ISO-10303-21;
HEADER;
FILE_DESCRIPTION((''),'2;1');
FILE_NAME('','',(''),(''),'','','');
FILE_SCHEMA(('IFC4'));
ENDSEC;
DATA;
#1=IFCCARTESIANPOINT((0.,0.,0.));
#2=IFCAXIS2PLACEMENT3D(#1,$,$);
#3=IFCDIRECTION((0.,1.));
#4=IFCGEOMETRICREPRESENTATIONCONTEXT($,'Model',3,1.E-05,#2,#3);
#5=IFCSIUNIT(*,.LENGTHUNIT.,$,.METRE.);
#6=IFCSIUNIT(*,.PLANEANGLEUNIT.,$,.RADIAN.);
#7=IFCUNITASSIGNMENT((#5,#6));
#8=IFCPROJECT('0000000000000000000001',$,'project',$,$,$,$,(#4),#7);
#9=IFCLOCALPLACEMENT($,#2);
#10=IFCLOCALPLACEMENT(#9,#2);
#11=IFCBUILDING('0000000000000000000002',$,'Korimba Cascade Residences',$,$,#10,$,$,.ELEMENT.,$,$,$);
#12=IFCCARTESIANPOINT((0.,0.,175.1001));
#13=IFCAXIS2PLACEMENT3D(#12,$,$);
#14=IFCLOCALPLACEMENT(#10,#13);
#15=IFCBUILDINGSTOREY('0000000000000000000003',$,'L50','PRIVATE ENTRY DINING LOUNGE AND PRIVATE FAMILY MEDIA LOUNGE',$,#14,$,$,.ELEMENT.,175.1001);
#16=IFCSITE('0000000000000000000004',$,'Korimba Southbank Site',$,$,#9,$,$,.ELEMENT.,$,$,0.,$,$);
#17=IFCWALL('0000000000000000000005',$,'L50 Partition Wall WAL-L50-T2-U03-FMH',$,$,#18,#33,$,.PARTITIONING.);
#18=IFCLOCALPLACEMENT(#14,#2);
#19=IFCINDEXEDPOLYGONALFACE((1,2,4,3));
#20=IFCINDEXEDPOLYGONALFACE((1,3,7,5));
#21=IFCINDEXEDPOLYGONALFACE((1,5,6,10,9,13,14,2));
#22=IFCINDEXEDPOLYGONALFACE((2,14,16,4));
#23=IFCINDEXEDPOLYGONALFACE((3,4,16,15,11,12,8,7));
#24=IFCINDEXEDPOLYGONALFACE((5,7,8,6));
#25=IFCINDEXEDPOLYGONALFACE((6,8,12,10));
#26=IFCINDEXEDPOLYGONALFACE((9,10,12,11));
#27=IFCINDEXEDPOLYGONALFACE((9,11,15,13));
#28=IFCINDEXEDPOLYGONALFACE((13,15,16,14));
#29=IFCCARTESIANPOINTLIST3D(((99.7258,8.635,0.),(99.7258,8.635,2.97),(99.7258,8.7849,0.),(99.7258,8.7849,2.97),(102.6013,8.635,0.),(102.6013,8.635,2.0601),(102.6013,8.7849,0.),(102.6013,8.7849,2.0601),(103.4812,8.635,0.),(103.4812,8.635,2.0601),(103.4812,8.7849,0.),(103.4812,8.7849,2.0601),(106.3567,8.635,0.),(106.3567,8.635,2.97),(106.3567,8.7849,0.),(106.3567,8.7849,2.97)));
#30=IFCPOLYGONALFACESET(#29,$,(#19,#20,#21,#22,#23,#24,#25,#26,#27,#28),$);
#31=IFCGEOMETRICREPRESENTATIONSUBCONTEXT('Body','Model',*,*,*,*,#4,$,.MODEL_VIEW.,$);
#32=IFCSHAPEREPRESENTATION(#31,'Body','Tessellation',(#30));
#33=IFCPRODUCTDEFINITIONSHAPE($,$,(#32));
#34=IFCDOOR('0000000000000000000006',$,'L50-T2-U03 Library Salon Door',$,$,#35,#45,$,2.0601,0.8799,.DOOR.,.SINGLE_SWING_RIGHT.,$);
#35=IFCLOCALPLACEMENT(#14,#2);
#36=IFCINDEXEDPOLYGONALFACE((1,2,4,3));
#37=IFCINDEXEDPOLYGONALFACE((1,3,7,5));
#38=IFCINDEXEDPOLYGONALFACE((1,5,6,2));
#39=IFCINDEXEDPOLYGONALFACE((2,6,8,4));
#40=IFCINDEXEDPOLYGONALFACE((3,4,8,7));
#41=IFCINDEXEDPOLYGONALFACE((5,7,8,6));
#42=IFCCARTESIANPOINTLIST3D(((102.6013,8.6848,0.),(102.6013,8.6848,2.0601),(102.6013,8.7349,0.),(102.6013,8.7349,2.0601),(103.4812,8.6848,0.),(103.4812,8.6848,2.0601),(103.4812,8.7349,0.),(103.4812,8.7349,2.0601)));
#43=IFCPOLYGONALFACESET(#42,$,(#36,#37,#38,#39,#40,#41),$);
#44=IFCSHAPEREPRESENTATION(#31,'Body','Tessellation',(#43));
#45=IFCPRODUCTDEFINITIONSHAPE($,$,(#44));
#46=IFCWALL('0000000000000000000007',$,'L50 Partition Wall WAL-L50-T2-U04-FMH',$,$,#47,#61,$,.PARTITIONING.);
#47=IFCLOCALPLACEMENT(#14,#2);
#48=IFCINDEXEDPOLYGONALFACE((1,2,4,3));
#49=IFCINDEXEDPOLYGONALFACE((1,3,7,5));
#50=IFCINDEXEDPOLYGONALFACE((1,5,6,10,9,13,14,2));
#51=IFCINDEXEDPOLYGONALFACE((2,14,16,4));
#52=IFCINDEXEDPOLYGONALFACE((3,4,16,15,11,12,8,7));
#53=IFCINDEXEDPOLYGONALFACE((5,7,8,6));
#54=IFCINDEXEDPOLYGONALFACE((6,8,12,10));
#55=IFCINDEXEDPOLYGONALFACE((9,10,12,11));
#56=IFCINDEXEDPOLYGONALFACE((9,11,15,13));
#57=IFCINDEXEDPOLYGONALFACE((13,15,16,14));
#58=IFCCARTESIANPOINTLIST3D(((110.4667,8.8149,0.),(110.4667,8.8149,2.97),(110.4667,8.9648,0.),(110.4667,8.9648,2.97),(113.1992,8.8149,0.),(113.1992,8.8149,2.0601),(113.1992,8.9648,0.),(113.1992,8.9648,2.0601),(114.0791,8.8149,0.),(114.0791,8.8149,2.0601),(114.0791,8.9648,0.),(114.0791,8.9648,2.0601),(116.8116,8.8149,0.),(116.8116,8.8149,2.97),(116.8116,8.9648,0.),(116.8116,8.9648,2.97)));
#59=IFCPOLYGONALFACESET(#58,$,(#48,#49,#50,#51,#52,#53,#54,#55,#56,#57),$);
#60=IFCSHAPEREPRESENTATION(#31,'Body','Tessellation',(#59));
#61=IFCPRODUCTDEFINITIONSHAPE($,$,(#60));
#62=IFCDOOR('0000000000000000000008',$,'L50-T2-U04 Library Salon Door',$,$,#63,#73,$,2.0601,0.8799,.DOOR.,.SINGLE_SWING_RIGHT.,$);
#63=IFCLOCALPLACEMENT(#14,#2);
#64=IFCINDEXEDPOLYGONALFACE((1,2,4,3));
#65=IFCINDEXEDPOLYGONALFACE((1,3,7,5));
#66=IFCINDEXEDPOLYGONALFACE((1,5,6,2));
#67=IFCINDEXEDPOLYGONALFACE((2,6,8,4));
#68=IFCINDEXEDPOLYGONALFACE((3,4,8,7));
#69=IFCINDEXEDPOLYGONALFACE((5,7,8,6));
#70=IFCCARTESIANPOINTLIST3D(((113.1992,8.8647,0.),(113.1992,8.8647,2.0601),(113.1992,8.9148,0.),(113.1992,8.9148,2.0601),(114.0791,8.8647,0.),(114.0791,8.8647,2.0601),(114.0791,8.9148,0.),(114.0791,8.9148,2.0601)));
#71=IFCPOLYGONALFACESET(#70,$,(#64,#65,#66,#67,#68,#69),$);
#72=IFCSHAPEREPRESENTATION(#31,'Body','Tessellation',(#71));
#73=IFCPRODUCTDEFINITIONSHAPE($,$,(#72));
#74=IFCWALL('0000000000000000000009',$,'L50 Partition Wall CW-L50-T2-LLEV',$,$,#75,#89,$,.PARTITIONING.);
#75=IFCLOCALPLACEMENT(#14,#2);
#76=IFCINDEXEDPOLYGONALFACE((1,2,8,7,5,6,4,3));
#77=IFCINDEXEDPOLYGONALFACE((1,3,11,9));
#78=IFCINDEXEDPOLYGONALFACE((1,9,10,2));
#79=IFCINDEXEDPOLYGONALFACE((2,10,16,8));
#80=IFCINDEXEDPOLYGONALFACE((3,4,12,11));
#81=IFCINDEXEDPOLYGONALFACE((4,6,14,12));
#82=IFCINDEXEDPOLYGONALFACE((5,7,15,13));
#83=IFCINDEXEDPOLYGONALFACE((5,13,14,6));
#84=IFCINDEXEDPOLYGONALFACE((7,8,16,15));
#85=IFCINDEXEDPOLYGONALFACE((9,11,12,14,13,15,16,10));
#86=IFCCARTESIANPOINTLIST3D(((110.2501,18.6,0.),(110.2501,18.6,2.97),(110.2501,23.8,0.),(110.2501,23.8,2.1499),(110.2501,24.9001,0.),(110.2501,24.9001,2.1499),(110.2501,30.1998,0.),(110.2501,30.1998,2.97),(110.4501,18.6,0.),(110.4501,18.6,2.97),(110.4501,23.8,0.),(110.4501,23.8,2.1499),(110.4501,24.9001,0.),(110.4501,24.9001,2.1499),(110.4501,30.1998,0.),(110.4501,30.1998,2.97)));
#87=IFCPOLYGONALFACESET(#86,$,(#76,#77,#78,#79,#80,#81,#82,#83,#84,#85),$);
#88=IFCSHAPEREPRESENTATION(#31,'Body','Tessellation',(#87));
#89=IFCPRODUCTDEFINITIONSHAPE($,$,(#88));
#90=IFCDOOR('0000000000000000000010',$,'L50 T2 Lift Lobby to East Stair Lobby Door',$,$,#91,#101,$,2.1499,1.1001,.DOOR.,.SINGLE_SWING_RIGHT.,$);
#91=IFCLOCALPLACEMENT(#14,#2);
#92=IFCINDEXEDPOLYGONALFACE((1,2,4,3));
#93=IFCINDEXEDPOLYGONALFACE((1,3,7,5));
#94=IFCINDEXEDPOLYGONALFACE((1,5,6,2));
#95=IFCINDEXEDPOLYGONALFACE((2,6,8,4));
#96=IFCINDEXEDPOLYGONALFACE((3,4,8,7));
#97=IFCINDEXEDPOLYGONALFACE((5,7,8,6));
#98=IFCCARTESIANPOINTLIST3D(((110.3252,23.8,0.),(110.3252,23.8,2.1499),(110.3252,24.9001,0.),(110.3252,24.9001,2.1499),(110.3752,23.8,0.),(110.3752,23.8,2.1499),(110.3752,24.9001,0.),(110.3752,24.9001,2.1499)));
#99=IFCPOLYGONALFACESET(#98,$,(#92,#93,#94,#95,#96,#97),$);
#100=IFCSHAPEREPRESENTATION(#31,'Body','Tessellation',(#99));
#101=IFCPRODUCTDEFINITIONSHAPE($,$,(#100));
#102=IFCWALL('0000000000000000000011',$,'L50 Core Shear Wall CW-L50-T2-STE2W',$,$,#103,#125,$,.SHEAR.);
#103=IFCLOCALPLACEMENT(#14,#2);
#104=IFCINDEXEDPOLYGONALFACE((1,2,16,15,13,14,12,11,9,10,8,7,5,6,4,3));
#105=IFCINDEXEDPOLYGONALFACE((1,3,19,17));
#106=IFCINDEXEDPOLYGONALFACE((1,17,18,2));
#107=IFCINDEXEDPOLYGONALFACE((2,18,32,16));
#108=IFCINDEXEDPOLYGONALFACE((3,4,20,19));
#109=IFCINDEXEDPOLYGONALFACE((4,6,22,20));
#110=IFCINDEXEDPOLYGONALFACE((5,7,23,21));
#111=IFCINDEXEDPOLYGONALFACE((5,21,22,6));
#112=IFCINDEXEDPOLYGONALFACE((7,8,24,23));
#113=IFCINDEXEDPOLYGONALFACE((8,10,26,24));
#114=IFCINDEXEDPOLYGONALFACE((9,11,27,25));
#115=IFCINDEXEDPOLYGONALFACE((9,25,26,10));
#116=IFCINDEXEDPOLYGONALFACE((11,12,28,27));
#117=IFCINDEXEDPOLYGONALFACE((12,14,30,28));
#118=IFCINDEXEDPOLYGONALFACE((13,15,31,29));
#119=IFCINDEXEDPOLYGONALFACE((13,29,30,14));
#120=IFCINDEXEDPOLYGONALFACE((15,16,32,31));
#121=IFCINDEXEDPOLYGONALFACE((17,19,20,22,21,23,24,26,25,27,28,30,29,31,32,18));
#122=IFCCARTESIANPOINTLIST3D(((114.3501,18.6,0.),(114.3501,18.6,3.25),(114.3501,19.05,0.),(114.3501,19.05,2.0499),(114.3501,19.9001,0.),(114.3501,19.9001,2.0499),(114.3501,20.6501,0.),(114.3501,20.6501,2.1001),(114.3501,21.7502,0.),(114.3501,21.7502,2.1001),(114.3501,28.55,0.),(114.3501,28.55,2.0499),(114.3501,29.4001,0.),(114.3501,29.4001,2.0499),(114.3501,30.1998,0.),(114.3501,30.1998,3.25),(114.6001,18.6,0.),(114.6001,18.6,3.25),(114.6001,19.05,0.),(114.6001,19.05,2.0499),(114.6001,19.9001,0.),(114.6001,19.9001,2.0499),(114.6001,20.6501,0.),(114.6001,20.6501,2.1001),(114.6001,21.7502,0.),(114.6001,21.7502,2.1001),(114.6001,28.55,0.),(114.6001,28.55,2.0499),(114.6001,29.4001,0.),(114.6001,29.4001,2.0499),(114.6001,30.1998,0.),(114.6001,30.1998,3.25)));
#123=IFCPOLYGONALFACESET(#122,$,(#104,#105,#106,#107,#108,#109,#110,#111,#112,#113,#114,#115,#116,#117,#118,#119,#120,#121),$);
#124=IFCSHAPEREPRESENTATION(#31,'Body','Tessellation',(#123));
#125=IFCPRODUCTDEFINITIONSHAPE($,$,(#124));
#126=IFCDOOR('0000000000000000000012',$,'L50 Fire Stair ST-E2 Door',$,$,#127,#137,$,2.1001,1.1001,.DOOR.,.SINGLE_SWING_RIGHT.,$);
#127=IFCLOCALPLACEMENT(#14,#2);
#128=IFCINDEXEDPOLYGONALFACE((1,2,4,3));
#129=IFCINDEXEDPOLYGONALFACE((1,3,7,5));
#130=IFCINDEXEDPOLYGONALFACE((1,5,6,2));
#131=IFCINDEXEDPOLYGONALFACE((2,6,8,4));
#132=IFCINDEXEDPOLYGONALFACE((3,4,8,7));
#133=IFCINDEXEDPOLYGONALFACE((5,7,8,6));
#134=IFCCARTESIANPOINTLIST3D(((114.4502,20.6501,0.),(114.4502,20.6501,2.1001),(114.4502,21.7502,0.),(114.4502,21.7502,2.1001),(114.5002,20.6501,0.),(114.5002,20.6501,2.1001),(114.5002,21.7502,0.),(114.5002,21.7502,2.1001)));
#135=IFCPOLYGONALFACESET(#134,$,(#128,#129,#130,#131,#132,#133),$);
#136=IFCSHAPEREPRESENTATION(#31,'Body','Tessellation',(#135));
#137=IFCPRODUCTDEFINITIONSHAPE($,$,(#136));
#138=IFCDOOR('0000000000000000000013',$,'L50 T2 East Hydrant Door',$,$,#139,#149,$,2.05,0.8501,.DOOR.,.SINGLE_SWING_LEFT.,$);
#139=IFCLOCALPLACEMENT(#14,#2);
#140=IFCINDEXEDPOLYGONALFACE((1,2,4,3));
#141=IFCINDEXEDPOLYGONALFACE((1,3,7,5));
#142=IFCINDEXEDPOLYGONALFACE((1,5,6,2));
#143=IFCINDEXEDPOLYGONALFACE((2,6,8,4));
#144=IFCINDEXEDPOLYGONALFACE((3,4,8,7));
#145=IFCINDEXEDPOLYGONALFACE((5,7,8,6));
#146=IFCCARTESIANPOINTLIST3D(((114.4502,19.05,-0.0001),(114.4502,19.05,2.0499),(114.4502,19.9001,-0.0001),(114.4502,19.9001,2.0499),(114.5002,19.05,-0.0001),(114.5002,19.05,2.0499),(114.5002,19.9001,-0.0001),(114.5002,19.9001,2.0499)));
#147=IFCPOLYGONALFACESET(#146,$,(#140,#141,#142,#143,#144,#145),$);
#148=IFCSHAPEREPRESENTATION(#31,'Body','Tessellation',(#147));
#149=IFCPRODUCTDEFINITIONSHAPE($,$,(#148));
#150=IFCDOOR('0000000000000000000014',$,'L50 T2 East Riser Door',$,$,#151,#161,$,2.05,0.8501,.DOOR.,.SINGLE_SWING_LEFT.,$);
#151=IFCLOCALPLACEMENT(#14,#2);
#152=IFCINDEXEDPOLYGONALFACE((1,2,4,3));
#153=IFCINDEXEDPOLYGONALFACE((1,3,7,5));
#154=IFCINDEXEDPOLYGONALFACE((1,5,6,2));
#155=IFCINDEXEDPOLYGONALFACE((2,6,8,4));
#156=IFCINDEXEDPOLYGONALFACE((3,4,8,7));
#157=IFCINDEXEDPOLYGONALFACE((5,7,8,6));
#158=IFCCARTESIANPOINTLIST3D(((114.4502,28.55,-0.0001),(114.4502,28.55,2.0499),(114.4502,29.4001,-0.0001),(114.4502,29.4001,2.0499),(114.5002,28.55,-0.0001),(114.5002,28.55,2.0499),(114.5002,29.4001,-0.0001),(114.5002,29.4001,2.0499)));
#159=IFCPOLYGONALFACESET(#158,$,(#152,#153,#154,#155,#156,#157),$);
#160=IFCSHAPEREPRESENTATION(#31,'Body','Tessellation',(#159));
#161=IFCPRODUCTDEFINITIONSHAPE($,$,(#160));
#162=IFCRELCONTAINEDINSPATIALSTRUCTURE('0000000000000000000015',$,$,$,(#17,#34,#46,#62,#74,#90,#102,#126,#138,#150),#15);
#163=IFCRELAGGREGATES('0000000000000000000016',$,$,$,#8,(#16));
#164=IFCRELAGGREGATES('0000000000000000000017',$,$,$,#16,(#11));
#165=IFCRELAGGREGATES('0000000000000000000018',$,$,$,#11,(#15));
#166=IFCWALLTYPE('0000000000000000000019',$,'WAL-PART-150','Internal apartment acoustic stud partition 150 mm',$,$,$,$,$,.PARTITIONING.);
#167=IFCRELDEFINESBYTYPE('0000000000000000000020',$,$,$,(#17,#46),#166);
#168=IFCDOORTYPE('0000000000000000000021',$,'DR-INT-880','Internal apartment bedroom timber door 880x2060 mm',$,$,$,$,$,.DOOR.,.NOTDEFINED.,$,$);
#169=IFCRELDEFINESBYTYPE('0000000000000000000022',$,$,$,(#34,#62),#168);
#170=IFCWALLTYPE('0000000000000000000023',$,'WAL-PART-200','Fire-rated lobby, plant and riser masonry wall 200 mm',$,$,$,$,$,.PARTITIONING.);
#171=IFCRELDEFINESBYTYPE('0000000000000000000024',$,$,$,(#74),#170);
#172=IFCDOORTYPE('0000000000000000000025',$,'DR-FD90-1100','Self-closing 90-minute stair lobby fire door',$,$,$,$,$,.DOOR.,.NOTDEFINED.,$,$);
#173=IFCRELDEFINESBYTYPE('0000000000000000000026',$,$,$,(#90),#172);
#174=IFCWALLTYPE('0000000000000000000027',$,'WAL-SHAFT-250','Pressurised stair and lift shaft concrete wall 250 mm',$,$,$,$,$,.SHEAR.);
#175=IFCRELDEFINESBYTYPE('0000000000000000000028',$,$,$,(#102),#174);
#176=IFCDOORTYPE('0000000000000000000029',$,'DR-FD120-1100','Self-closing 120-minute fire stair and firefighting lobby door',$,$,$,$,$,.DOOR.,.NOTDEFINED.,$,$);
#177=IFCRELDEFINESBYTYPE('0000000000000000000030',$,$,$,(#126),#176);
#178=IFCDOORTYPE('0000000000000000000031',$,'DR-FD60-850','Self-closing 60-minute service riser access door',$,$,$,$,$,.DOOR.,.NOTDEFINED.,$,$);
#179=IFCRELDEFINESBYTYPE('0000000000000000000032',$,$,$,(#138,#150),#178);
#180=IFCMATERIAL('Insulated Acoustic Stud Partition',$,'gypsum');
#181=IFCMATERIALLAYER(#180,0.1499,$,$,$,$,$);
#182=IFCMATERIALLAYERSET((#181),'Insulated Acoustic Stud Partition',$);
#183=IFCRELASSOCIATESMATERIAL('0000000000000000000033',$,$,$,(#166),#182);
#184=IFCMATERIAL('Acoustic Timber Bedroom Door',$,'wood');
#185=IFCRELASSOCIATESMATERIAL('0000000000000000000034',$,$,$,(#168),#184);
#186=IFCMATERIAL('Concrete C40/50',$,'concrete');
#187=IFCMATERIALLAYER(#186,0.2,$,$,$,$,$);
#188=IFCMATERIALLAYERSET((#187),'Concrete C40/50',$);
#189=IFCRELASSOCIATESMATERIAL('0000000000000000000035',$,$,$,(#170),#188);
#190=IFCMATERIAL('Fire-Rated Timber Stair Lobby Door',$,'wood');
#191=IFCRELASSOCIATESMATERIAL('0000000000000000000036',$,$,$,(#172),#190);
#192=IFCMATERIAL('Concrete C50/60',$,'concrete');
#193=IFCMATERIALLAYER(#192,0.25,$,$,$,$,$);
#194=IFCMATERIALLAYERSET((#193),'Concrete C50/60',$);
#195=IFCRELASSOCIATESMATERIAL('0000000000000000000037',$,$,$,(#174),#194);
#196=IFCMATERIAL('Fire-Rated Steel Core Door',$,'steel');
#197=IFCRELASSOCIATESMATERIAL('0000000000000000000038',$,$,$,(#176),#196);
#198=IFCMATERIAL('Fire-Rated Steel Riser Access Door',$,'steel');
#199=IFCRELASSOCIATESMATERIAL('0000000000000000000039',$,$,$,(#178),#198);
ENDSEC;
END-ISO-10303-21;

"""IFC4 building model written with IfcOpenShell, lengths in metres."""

from ifc_helpers import new_model, si_unit, direction, frame, frame_2d, origin, place, context, subcontext, project, spatial, rectangle, extrude, material, layer, layer_set, type_object, element, fill, save


model = new_model("IFC4")

# Units and contexts
model_context = context("Model", 3, precision=1e-05, world=origin(), true_north=direction((0.0, 1.0)))
body_context = subcontext(model_context, "Body", "Model", "MODEL_VIEW")
ifc_project = project(units=[si_unit("LENGTHUNIT", "METRE"), si_unit("PLANEANGLEUNIT", "RADIAN")], contexts=[model_context])

# Site, building, storey
site_placement = place(None, origin())
site = spatial("IfcSite", under=ifc_project, at=site_placement, Name="Korimba Southbank Site", CompositionType="ELEMENT", RefElevation=0.0)
building_placement = place(site_placement, origin())
building = spatial("IfcBuilding", under=site, at=building_placement, Name="Korimba Cascade Residences", CompositionType="ELEMENT")
storey_placement = place(building_placement, frame((0.0, 0.0, 175.1001)))
storey = spatial("IfcBuildingStorey", under=building, at=storey_placement, Name="L50", Description="PRIVATE ENTRY DINING LOUNGE AND PRIVATE FAMILY MEDIA LOUNGE", CompositionType="ELEMENT", Elevation=175.1001)

# Shared definitions
ifc_material_1 = material(Name="Concrete C50/60", Category="concrete")

# Shared definitions
ifc_material_2 = material(Name="Insulated Acoustic Stud Partition", Category="gypsum")
ifc_layer_1 = layer(ifc_material_2, 0.1499)
ifc_layer_set_1 = layer_set([ifc_layer_1], Name="Insulated Acoustic Stud Partition")
wall_type_1 = type_object("IfcWallType", Name="WAL-PART-150", Description="Internal apartment acoustic stud partition 150 mm", PredefinedType="PARTITIONING", material=ifc_layer_set_1)

# Walls, openings, doors
wall_1_placement = place(storey_placement, frame((99.7258, 8.71, 0.0), z_axis=(0.0, 0.0, 1.0), x_axis=(1.0, 0.0, 0.0)))
wall_1 = element("IfcWall", 1, at=wall_1_placement, inside=storey, type_object=wall_type_1, Name="L50 Partition Wall WAL-L50-T2-U03-FMH", PredefinedType="PARTITIONING", context=body_context, shape_type="SweptSolid", body=[
    extrude(rectangle(XDim=6.6309, YDim=0.1499, at=frame_2d((3.3154, 0.0))), origin(), (0.0, 0.0, 1.0), 2.97),
])
opening_1_placement = place(wall_1_placement, frame((2.8755, 0.0, 0.0)))
opening_1 = element("IfcOpeningElement", 2, at=opening_1_placement, cuts=wall_1, PredefinedType="OPENING", context=body_context, shape_type="SweptSolid", body=[
    extrude(rectangle(XDim=0.8799, YDim=2.0601, at=frame_2d((0.4399, 1.03))), frame((0.0, 0.085, 0.0), z_axis=(0.0, -1.0, 0.0), x_axis=(1.0, 0.0, 0.0)), (0.0, 0.0, 1.0), 0.1699),
])
ifc_material_3 = material(Name="Acoustic Timber Bedroom Door", Category="wood")
door_type_1 = type_object("IfcDoorType", Name="DR-INT-880", Description="Internal apartment bedroom timber door 880x2060 mm", OperationType="NOTDEFINED", PredefinedType="DOOR", material=ifc_material_3)
door_1_placement = place(opening_1_placement, origin())
door_1 = element("IfcDoor", 3, at=door_1_placement, inside=storey, type_object=door_type_1, Name="L50-T2-U03 Library Salon Door", OperationType="SINGLE_SWING_RIGHT", OverallHeight=2.0601, OverallWidth=0.8799, PredefinedType="DOOR", context=body_context, shape_type="SweptSolid", body=[
    extrude(rectangle(XDim=0.8799, YDim=2.0601, at=frame_2d((0.4399, 1.03))), frame((0.0, 0.0249, 0.0), z_axis=(0.0, -1.0, 0.0), x_axis=(1.0, 0.0, 0.0)), (0.0, 0.0, 1.0), 0.05),
])
fill(opening_1, door_1)
wall_2_placement = place(storey_placement, frame((110.4668, 8.8899, 0.0), z_axis=(0.0, 0.0, 1.0), x_axis=(1.0, 0.0, 0.0)))
wall_2 = element("IfcWall", 4, at=wall_2_placement, inside=storey, type_object=wall_type_1, Name="L50 Partition Wall WAL-L50-T2-U04-FMH", PredefinedType="PARTITIONING", context=body_context, shape_type="SweptSolid", body=[
    extrude(rectangle(XDim=6.345, YDim=0.1499, at=frame_2d((3.1724, 0.0))), origin(), (0.0, 0.0, 1.0), 2.97),
])
opening_2_placement = place(wall_2_placement, frame((2.7324, 0.0, 0.0)))
opening_2 = element("IfcOpeningElement", 5, at=opening_2_placement, cuts=wall_2, PredefinedType="OPENING", context=body_context, shape_type="SweptSolid", body=[
    extrude(rectangle(XDim=0.8799, YDim=2.0601, at=frame_2d((0.4399, 1.03))), frame((0.0, 0.085, 0.0), z_axis=(0.0, -1.0, 0.0), x_axis=(1.0, 0.0, 0.0)), (0.0, 0.0, 1.0), 0.1699),
])
door_2_placement = place(opening_2_placement, origin())
door_2 = element("IfcDoor", 6, at=door_2_placement, inside=storey, type_object=door_type_1, Name="L50-T2-U04 Library Salon Door", OperationType="SINGLE_SWING_RIGHT", OverallHeight=2.0601, OverallWidth=0.8799, PredefinedType="DOOR", context=body_context, shape_type="SweptSolid", body=[
    extrude(rectangle(XDim=0.8799, YDim=2.0601, at=frame_2d((0.4399, 1.03))), frame((0.0, 0.0249, 0.0), z_axis=(0.0, -1.0, 0.0), x_axis=(1.0, 0.0, 0.0)), (0.0, 0.0, 1.0), 0.05),
])
fill(opening_2, door_2)
ifc_material_4 = material(Name="Concrete C40/50", Category="concrete")
ifc_layer_2 = layer(ifc_material_4, 0.2)
ifc_layer_set_2 = layer_set([ifc_layer_2], Name="Concrete C40/50")
wall_type_2 = type_object("IfcWallType", Name="WAL-PART-200", Description="Fire-rated lobby, plant and riser masonry wall 200 mm", PredefinedType="PARTITIONING", material=ifc_layer_set_2)
wall_3_placement = place(storey_placement, frame((110.3501, 18.6001, 0.0), z_axis=(0.0, 0.0, 1.0), x_axis=(0.0, 1.0, 0.0)))
wall_3 = element("IfcWall", 7, at=wall_3_placement, inside=storey, type_object=wall_type_2, Name="L50 Partition Wall CW-L50-T2-LLEV", PredefinedType="PARTITIONING", context=body_context, shape_type="SweptSolid", body=[
    extrude(rectangle(XDim=11.5999, YDim=0.2, at=frame_2d((5.7998, 0.0))), origin(), (0.0, 0.0, 1.0), 2.97),
])
opening_3_placement = place(wall_3_placement, frame((5.2, 0.0, 0.0)))
opening_3 = element("IfcOpeningElement", 8, at=opening_3_placement, cuts=wall_3, PredefinedType="OPENING", context=body_context, shape_type="SweptSolid", body=[
    extrude(rectangle(XDim=1.1001, YDim=2.1499, at=frame_2d((0.55, 1.075))), frame((0.0, 0.1099, 0.0), z_axis=(0.0, -1.0, 0.0), x_axis=(1.0, 0.0, 0.0)), (0.0, 0.0, 1.0), 0.22),
])
ifc_material_5 = material(Name="Fire-Rated Timber Stair Lobby Door", Category="wood")
door_type_2 = type_object("IfcDoorType", Name="DR-FD90-1100", Description="Self-closing 90-minute stair lobby fire door", OperationType="NOTDEFINED", PredefinedType="DOOR", material=ifc_material_5)
door_3_placement = place(opening_3_placement, origin())
door_3 = element("IfcDoor", 9, at=door_3_placement, inside=storey, type_object=door_type_2, Name="L50 T2 Lift Lobby to East Stair Lobby Door", OperationType="SINGLE_SWING_RIGHT", OverallHeight=2.1499, OverallWidth=1.1001, PredefinedType="DOOR", context=body_context, shape_type="SweptSolid", body=[
    extrude(rectangle(XDim=1.1001, YDim=2.1499, at=frame_2d((0.55, 1.075))), frame((0.0, 0.0249, 0.0), z_axis=(0.0, -1.0, 0.0), x_axis=(1.0, 0.0, 0.0)), (0.0, 0.0, 1.0), 0.05),
])
fill(opening_3, door_3)

# Wall, openings, doors
ifc_layer_3 = layer(ifc_material_1, 0.25)
ifc_layer_set_3 = layer_set([ifc_layer_3], Name="Concrete C50/60")
wall_type_3 = type_object("IfcWallType", Name="WAL-SHAFT-250", Description="Pressurised stair and lift shaft concrete wall 250 mm", PredefinedType="SHEAR", material=ifc_layer_set_3)
wall_4_placement = place(storey_placement, frame((114.4751, 18.6001, 0.0), z_axis=(0.0, 0.0, 1.0), x_axis=(0.0, 1.0, 0.0)))
wall_4 = element("IfcWall", 10, at=wall_4_placement, inside=storey, type_object=wall_type_3, Name="L50 Core Shear Wall CW-L50-T2-STE2W", PredefinedType="SHEAR", context=body_context, shape_type="SweptSolid", body=[
    extrude(rectangle(XDim=11.5999, YDim=0.25, at=frame_2d((5.7998, 0.0))), origin(), (0.0, 0.0, 1.0), 3.25),
])
opening_4_placement = place(wall_4_placement, frame((0.45, 0.0, 0.0)))
opening_4 = element("IfcOpeningElement", 11, at=opening_4_placement, cuts=wall_4, PredefinedType="OPENING", context=body_context, shape_type="SweptSolid", body=[
    extrude(rectangle(XDim=0.8501, YDim=2.05, at=frame_2d((0.425, 1.0249))), frame((0.0, 0.135, 0.0), z_axis=(0.0, -1.0, 0.0), x_axis=(1.0, 0.0, 0.0)), (0.0, 0.0, 1.0), 0.27),
])
opening_5_placement = place(wall_4_placement, frame((2.05, 0.0, 0.0)))
opening_5 = element("IfcOpeningElement", 12, at=opening_5_placement, cuts=wall_4, PredefinedType="OPENING", context=body_context, shape_type="SweptSolid", body=[
    extrude(rectangle(XDim=1.1001, YDim=2.1001, at=frame_2d((0.55, 1.05))), frame((0.0, 0.135, 0.0), z_axis=(0.0, -1.0, 0.0), x_axis=(1.0, 0.0, 0.0)), (0.0, 0.0, 1.0), 0.27),
])
opening_6_placement = place(wall_4_placement, frame((9.95, 0.0, 0.0)))
opening_6 = element("IfcOpeningElement", 13, at=opening_6_placement, cuts=wall_4, PredefinedType="OPENING", context=body_context, shape_type="SweptSolid", body=[
    extrude(rectangle(XDim=0.8501, YDim=2.05, at=frame_2d((0.425, 1.0249))), frame((0.0, 0.135, 0.0), z_axis=(0.0, -1.0, 0.0), x_axis=(1.0, 0.0, 0.0)), (0.0, 0.0, 1.0), 0.27),
])
ifc_material_6 = material(Name="Fire-Rated Steel Core Door", Category="steel")
door_type_3 = type_object("IfcDoorType", Name="DR-FD120-1100", Description="Self-closing 120-minute fire stair and firefighting lobby door", OperationType="NOTDEFINED", PredefinedType="DOOR", material=ifc_material_6)
door_4_placement = place(opening_5_placement, origin())
door_4 = element("IfcDoor", 14, at=door_4_placement, inside=storey, type_object=door_type_3, Name="L50 Fire Stair ST-E2 Door", OperationType="SINGLE_SWING_RIGHT", OverallHeight=2.1001, OverallWidth=1.1001, PredefinedType="DOOR", context=body_context, shape_type="SweptSolid", body=[
    extrude(rectangle(XDim=1.1001, YDim=2.1001, at=frame_2d((0.55, 1.05))), frame((0.0, 0.0249, 0.0), z_axis=(0.0, -1.0, 0.0), x_axis=(1.0, 0.0, 0.0)), (0.0, 0.0, 1.0), 0.05),
])
fill(opening_5, door_4)
ifc_material_7 = material(Name="Fire-Rated Steel Riser Access Door", Category="steel")
door_type_4 = type_object("IfcDoorType", Name="DR-FD60-850", Description="Self-closing 60-minute service riser access door", OperationType="NOTDEFINED", PredefinedType="DOOR", material=ifc_material_7)
door_5_placement = place(opening_4_placement, origin())
door_5 = element("IfcDoor", 15, at=door_5_placement, inside=storey, type_object=door_type_4, Name="L50 T2 East Hydrant Door", OperationType="SINGLE_SWING_LEFT", OverallHeight=2.05, OverallWidth=0.8501, PredefinedType="DOOR", context=body_context, shape_type="SweptSolid", body=[
    extrude(rectangle(XDim=0.8501, YDim=2.05, at=frame_2d((0.425, 1.0249))), frame((0.0, 0.0249, 0.0), z_axis=(0.0, -1.0, 0.0), x_axis=(1.0, 0.0, 0.0)), (0.0, 0.0, 1.0), 0.05),
])
fill(opening_4, door_5)
door_6_placement = place(opening_6_placement, origin())
door_6 = element("IfcDoor", 16, at=door_6_placement, inside=storey, type_object=door_type_4, Name="L50 T2 East Riser Door", OperationType="SINGLE_SWING_LEFT", OverallHeight=2.05, OverallWidth=0.8501, PredefinedType="DOOR", context=body_context, shape_type="SweptSolid", body=[
    extrude(rectangle(XDim=0.8501, YDim=2.05, at=frame_2d((0.425, 1.0249))), frame((0.0, 0.0249, 0.0), z_axis=(0.0, -1.0, 0.0), x_axis=(1.0, 0.0, 0.0)), (0.0, 0.0, 1.0), 0.05),
])
fill(opening_6, door_6)

save(model, "model.ifc")
